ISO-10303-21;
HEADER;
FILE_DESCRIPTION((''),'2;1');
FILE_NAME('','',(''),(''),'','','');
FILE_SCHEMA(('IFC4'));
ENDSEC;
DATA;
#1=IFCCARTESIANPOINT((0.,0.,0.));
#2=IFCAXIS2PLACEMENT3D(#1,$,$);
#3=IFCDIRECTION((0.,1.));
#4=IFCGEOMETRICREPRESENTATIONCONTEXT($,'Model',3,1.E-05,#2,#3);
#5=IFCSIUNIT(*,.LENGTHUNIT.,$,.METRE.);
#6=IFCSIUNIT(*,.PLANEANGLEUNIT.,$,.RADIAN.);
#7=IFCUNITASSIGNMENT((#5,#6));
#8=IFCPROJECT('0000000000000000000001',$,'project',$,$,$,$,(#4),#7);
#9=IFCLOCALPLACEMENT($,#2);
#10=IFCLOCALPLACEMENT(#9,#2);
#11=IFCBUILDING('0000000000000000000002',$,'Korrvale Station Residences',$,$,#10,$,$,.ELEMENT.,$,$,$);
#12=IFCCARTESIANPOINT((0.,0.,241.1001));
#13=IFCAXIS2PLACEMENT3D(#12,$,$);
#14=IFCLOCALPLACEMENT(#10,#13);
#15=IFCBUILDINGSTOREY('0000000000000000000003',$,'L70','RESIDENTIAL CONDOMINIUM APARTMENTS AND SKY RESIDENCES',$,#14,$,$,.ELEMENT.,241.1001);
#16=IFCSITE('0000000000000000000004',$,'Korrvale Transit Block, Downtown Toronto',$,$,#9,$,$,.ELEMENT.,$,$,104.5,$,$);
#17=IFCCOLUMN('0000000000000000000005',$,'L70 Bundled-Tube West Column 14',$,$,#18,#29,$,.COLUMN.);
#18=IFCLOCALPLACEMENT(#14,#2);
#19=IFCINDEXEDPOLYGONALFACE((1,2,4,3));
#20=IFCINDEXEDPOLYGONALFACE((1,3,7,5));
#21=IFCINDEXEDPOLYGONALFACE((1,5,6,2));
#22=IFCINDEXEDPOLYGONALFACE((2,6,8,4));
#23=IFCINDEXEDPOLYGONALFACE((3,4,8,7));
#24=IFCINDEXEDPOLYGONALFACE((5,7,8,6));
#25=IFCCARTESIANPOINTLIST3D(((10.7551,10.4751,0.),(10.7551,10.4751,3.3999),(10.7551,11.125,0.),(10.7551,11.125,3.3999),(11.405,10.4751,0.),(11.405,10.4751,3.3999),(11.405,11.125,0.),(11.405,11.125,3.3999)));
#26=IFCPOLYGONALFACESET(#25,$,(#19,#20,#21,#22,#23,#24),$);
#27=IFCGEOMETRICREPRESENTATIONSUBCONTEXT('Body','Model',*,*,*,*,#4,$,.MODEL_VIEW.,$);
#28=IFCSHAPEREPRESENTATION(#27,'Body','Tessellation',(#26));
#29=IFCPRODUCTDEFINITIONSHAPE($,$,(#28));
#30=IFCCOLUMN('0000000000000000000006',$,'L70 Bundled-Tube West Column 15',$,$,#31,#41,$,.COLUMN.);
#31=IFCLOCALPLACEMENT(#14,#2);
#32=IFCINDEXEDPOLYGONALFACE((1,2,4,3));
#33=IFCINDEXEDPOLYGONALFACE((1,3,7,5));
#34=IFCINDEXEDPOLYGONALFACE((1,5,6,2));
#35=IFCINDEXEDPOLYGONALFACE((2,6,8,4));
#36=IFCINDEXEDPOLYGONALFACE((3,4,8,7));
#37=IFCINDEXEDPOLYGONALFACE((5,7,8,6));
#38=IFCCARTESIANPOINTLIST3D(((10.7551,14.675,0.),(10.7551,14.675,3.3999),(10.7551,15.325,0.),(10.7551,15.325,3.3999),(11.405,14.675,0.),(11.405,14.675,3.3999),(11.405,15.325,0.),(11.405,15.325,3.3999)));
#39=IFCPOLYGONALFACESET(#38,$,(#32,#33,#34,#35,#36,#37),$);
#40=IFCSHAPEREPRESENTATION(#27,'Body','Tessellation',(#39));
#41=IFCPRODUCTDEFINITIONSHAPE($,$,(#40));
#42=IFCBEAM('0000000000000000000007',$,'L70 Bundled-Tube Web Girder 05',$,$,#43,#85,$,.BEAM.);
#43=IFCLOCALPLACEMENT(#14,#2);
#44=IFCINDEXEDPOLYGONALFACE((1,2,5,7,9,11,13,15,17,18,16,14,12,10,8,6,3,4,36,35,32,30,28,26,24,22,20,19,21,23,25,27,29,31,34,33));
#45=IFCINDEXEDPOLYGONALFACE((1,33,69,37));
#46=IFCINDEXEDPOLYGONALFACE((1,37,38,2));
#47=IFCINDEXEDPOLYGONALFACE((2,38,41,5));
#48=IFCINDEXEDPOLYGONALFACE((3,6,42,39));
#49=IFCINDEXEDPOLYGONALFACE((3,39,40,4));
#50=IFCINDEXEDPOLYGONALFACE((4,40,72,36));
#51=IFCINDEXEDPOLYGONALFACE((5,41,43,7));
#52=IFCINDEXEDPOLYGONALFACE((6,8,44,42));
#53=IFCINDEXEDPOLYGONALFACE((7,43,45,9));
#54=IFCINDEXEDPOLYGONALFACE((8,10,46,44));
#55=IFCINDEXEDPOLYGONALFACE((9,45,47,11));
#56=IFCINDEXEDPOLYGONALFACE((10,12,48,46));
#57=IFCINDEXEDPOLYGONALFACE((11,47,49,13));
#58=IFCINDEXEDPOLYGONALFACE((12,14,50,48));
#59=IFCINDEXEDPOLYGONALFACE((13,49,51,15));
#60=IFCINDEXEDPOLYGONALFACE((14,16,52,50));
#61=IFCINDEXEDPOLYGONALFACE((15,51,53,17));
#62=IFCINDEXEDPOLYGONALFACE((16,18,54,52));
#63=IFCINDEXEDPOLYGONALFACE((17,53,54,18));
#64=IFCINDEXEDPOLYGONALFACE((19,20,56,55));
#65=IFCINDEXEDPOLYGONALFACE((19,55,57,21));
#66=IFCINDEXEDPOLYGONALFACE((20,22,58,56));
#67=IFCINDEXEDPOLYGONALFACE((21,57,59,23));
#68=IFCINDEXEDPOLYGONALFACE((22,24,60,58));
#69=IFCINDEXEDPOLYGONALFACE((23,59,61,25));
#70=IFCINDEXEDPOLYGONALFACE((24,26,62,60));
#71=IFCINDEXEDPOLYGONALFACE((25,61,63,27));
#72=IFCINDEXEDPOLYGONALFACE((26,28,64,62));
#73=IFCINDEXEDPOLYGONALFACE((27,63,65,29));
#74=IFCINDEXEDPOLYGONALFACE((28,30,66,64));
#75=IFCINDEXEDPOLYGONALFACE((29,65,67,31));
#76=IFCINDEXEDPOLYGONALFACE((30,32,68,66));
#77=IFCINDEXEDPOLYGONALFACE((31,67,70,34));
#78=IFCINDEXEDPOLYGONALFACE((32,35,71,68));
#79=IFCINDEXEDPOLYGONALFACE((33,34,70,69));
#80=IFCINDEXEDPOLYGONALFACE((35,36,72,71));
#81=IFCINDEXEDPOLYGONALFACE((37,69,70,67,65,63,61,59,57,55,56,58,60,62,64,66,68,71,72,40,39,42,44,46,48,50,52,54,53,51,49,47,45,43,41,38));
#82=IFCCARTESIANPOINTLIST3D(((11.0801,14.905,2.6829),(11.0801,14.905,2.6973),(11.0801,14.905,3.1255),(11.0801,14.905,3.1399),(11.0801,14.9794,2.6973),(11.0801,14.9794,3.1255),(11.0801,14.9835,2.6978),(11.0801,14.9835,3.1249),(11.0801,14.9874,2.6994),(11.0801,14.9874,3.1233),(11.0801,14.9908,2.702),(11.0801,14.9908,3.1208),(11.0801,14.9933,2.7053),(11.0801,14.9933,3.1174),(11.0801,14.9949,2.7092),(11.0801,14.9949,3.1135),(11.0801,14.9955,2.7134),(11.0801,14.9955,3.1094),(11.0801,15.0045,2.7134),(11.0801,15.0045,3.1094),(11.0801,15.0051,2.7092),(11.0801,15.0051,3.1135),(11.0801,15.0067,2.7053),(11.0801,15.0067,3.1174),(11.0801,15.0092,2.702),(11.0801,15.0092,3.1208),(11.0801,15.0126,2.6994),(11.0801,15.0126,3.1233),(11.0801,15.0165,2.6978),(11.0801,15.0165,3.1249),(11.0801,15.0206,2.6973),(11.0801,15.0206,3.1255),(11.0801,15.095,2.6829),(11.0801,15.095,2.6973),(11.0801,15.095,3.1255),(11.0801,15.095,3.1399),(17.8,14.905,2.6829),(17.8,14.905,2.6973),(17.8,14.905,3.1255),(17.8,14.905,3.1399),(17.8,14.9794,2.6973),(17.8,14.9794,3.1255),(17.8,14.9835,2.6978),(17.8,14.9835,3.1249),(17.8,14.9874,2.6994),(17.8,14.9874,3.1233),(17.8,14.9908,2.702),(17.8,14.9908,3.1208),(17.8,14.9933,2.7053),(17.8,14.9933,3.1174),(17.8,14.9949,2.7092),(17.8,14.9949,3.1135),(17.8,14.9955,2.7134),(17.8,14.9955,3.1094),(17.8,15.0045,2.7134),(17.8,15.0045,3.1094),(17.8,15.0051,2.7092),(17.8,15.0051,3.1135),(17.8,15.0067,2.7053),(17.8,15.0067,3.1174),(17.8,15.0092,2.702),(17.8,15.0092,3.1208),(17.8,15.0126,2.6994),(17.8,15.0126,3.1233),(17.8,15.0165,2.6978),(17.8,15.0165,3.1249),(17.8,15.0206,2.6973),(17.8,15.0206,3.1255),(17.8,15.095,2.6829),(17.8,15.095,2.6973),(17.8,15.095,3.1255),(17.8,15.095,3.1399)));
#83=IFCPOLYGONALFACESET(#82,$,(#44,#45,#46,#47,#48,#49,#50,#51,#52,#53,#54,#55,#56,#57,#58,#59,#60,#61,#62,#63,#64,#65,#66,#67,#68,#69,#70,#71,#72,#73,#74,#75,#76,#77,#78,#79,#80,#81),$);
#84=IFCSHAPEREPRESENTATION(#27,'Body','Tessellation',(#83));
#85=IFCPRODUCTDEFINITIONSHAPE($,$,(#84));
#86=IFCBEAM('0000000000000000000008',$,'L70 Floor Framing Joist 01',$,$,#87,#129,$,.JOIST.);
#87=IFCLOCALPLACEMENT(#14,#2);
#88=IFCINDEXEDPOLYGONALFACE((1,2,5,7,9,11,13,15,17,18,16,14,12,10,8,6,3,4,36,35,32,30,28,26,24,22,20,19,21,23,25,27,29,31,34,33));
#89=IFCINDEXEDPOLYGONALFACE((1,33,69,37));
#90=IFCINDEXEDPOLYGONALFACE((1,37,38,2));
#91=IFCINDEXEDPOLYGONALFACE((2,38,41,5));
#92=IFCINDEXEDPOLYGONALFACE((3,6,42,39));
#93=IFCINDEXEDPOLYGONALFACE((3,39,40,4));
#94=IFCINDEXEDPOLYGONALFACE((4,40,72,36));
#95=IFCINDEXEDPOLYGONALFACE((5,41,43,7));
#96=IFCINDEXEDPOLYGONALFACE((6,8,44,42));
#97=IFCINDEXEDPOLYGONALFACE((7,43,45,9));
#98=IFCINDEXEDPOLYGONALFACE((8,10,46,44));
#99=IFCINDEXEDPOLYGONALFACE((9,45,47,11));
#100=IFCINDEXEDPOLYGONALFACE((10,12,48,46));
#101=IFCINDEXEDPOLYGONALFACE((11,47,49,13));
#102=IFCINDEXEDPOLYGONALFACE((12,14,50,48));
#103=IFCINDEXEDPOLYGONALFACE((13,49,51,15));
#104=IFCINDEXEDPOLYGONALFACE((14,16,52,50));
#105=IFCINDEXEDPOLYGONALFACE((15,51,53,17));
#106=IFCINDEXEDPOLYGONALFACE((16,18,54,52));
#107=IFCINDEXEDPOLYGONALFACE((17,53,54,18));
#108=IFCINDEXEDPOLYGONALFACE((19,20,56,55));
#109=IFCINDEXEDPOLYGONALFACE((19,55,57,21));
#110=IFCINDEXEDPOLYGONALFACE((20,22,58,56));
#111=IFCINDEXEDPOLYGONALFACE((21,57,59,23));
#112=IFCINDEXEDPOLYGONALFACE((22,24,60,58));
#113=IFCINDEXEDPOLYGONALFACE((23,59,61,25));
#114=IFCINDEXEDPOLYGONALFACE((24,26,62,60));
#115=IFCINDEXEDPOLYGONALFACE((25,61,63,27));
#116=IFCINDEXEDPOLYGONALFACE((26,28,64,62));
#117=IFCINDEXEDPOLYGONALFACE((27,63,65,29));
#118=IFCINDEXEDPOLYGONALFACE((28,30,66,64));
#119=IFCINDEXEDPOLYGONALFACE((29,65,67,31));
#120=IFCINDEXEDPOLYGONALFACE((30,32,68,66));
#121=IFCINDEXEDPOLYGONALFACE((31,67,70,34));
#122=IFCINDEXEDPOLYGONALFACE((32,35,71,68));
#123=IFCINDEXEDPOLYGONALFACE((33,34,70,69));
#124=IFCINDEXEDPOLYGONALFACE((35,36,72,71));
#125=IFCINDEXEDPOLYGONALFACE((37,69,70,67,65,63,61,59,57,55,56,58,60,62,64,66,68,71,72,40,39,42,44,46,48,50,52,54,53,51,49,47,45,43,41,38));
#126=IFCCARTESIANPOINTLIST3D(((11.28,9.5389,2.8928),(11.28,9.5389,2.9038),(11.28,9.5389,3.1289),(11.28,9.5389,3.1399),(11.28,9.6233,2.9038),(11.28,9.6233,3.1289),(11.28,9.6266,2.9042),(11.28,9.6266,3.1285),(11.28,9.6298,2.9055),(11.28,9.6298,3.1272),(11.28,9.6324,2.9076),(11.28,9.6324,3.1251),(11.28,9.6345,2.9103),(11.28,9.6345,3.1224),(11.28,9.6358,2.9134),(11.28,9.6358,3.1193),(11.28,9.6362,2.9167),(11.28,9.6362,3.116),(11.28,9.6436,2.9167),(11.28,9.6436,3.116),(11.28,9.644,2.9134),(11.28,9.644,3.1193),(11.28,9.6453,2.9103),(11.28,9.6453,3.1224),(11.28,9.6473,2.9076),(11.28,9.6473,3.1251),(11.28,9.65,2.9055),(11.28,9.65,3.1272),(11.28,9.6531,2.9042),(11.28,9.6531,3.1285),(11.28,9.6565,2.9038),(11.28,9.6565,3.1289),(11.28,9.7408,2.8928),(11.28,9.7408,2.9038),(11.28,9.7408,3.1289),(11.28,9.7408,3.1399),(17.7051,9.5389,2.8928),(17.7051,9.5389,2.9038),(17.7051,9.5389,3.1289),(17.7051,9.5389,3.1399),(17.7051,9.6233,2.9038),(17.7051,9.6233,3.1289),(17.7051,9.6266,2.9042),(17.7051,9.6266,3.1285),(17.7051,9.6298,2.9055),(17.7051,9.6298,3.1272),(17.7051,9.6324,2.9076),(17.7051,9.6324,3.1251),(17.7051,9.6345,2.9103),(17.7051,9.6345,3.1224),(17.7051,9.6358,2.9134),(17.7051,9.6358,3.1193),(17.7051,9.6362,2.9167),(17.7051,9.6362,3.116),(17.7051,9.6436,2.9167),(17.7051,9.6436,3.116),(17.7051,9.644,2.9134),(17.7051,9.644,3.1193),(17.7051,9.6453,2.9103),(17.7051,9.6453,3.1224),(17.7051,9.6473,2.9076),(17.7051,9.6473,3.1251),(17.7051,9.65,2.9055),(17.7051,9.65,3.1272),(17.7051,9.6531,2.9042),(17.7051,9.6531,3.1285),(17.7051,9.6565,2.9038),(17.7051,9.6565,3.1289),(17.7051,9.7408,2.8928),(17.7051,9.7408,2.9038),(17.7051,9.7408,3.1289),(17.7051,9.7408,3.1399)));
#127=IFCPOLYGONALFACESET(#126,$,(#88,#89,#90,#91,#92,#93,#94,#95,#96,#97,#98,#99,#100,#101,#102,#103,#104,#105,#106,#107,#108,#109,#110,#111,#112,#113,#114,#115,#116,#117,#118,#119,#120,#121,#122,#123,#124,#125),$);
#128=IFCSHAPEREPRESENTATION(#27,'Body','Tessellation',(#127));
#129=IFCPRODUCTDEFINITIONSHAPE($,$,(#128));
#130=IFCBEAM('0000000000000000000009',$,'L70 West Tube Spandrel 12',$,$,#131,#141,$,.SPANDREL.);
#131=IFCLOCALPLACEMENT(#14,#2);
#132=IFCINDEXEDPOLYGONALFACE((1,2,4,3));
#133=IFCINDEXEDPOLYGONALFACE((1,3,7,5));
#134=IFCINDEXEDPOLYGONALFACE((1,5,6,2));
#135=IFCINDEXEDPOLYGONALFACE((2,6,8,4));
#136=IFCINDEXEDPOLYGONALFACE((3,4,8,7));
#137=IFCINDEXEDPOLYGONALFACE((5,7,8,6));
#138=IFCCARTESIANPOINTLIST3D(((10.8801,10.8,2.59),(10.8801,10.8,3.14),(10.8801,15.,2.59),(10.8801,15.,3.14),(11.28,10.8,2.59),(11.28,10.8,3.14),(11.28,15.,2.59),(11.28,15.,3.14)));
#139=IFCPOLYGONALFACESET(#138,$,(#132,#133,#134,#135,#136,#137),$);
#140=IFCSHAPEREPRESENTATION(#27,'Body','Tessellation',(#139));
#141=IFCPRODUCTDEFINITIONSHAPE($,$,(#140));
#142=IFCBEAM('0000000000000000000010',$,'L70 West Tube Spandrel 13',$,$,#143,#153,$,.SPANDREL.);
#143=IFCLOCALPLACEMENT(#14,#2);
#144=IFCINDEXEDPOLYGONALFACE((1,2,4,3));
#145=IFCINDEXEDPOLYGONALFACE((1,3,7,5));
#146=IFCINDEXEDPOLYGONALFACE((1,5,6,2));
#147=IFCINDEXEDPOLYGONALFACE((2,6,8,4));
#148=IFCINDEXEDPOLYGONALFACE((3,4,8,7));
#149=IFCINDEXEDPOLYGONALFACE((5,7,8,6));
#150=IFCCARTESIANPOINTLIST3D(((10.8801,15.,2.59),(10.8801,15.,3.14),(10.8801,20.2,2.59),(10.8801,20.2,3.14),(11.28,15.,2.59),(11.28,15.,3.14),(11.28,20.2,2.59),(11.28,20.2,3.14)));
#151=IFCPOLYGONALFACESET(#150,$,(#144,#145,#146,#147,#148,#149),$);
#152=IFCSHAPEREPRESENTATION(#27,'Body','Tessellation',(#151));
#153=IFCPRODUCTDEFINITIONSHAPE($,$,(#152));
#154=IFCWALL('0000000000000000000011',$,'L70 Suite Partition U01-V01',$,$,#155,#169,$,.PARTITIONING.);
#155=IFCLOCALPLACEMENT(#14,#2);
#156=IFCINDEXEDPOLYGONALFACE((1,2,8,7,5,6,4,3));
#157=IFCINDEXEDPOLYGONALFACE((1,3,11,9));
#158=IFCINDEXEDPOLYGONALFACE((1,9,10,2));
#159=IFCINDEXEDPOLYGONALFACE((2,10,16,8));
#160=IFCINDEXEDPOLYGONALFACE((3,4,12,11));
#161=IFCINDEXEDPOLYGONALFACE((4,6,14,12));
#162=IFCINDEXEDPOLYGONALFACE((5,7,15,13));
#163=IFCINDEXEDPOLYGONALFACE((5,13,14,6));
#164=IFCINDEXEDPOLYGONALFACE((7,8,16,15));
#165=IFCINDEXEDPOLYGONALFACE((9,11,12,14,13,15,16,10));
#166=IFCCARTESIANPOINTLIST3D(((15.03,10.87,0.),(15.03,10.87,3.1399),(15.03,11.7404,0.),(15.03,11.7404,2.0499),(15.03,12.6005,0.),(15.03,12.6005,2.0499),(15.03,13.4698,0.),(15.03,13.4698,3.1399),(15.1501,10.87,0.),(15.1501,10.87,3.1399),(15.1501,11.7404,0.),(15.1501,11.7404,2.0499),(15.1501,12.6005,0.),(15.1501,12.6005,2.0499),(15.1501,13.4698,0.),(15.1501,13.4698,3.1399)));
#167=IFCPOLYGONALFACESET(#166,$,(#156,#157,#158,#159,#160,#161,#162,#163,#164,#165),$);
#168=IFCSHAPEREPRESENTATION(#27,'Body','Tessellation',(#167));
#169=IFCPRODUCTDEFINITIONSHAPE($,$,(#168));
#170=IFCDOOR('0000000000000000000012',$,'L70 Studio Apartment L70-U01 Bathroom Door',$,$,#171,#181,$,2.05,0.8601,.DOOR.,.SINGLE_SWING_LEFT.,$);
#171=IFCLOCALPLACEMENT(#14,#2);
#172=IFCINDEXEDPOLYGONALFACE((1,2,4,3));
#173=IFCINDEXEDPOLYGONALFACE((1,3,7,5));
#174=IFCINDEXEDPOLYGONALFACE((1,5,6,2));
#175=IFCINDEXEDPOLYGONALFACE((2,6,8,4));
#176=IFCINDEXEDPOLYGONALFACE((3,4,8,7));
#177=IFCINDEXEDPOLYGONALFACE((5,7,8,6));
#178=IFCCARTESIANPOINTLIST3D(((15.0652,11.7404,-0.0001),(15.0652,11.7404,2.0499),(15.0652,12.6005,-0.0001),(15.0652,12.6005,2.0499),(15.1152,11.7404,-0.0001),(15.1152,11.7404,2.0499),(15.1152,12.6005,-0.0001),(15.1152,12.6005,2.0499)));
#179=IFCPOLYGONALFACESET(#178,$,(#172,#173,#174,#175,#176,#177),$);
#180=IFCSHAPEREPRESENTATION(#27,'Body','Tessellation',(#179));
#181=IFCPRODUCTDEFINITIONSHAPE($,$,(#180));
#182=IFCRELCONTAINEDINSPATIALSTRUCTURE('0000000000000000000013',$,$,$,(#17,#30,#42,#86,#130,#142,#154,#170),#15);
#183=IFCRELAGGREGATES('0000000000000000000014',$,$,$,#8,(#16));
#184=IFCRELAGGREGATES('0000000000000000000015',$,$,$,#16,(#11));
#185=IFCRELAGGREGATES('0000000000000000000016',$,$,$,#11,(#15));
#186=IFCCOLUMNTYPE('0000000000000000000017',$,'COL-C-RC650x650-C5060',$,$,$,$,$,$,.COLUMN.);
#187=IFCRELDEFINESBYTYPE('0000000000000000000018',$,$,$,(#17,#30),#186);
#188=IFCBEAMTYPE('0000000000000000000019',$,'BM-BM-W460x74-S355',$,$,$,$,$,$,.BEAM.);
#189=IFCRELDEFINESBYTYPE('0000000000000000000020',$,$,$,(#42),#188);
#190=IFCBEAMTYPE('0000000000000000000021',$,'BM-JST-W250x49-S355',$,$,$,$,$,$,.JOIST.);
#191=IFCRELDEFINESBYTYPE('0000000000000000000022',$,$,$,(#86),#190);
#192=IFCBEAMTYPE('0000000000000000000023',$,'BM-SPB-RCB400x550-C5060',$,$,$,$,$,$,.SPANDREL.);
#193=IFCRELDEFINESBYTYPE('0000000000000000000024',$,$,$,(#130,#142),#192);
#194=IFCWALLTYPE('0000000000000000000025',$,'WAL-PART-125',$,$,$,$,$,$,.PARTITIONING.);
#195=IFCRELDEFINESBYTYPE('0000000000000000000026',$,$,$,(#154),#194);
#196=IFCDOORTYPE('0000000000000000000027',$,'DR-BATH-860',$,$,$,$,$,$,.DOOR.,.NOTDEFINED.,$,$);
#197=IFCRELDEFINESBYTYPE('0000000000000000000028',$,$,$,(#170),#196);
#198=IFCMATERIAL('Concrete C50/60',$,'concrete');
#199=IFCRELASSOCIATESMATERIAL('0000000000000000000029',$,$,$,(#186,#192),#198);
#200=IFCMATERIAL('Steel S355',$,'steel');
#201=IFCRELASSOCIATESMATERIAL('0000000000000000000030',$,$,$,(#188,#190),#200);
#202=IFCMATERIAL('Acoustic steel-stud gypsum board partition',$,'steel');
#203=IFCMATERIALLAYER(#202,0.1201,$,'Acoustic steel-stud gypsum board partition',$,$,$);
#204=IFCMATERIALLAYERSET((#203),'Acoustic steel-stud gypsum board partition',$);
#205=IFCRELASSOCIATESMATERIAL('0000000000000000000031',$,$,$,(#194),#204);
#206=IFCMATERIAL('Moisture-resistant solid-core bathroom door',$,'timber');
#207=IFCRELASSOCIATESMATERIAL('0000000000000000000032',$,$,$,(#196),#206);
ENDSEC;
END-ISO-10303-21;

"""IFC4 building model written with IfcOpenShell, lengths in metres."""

from ifc_helpers import new_model, si_unit, direction, frame, frame_2d, origin, origin_2d, place, context, subcontext, project, spatial, rectangle, i_section, extrude, material, layer, layer_set, material_profile, profile_set, type_object, element, fill, save


model = new_model("IFC4")

# Units and contexts
model_context = context("Model", 3, precision=1e-05, world=origin(), true_north=direction((0.0, 1.0)))
body_context = subcontext(model_context, "Body", "Model", "MODEL_VIEW")
ifc_project = project(units=[si_unit("LENGTHUNIT", "METRE"), si_unit("PLANEANGLEUNIT", "RADIAN")], contexts=[model_context])

# Site, building, storey
site_placement = place(None, origin())
site = spatial("IfcSite", under=ifc_project, at=site_placement, Name="Korrvale Transit Block, Downtown Toronto", CompositionType="ELEMENT", RefElevation=104.5)
building_placement = place(site_placement, origin())
building = spatial("IfcBuilding", under=site, at=building_placement, Name="Korrvale Station Residences", CompositionType="ELEMENT")
storey_placement = place(building_placement, frame((0.0, 0.0, 241.1001)))
storey = spatial("IfcBuildingStorey", under=building, at=storey_placement, Name="L70", Description="RESIDENTIAL CONDOMINIUM APARTMENTS AND SKY RESIDENCES", CompositionType="ELEMENT", Elevation=241.1001)

# Columns
ifc_material_1 = material(Name="Concrete C50/60", Category="concrete")
ifc_material_profile_1 = material_profile(ifc_material_1, rectangle(XDim=0.6499, YDim=0.6499, at=origin_2d()), Name="RC650x650")
ifc_profile_set_1 = profile_set([ifc_material_profile_1], Name="Concrete C50/60")
column_type = type_object("IfcColumnType", Name="COL-C-RC650x650-C5060", PredefinedType="COLUMN", material=ifc_profile_set_1)
for number, where, z_axis, x_axis, name in (
    (1, (11.0801, 10.8, 0.0), (0.0, 0.0, 1.0), (1.0, 0.0, 0.0), "L70 Bundled-Tube West Column 14"),
    (2, (11.0801, 15.0, 0.0), (0.0, 0.0, 1.0), (1.0, 0.0, 0.0), "L70 Bundled-Tube West Column 15"),
):
    element("IfcColumn", number, at=place(storey_placement, frame(where, z_axis=z_axis, x_axis=x_axis)), inside=storey, type_object=column_type, Name=name, PredefinedType="COLUMN", context=body_context, shape_type="SweptSolid", body=[
        extrude(rectangle(XDim=0.6499, YDim=0.6499, at=origin_2d()), origin(), (0.0, 0.0, 1.0), 3.3999),
    ])

# Beams
ifc_material_2 = material(Name="Steel S355", Category="steel")
ifc_material_profile_2 = material_profile(ifc_material_2, i_section(OverallWidth=0.1899, OverallDepth=0.457, WebThickness=0.009, FlangeThickness=0.0144, FilletRadius=0.0161, at=origin_2d()), Name="W460x74")
ifc_profile_set_2 = profile_set([ifc_material_profile_2], Name="Steel S355")
beam_type_1 = type_object("IfcBeamType", Name="BM-BM-W460x74-S355", PredefinedType="BEAM", material=ifc_profile_set_2)
beam_1_placement = place(storey_placement, frame((11.0801, 15.0, 2.9114), z_axis=(1.0, 0.0, 0.0), x_axis=(0.0, 1.0, 0.0)))
element("IfcBeam", 3, at=beam_1_placement, inside=storey, type_object=beam_type_1, Name="L70 Bundled-Tube Web Girder 05", PredefinedType="BEAM", context=body_context, shape_type="SweptSolid", body=[
    extrude(i_section(OverallWidth=0.1899, OverallDepth=0.457, WebThickness=0.009, FlangeThickness=0.0144, FilletRadius=0.0161, at=origin_2d()), origin(), (0.0, 0.0, 1.0), 6.72),
])
ifc_material_profile_3 = material_profile(ifc_material_2, i_section(OverallWidth=0.2019, OverallDepth=0.2471, WebThickness=0.0073, FlangeThickness=0.011, FilletRadius=0.0129, at=origin_2d()), Name="W250x49")
ifc_profile_set_3 = profile_set([ifc_material_profile_3], Name="Steel S355")
beam_type_2 = type_object("IfcBeamType", Name="BM-JST-W250x49-S355", PredefinedType="JOIST", material=ifc_profile_set_3)
beam_2_placement = place(storey_placement, frame((11.28, 9.6399, 3.0164), z_axis=(1.0, 0.0, 0.0), x_axis=(0.0, 1.0, 0.0)))
element("IfcBeam", 4, at=beam_2_placement, inside=storey, type_object=beam_type_2, Name="L70 Floor Framing Joist 01", PredefinedType="JOIST", context=body_context, shape_type="SweptSolid", body=[
    extrude(i_section(OverallWidth=0.2019, OverallDepth=0.2471, WebThickness=0.0073, FlangeThickness=0.011, FilletRadius=0.0129, at=origin_2d()), origin(), (0.0, 0.0, 1.0), 6.425),
])
ifc_material_profile_4 = material_profile(ifc_material_1, rectangle(XDim=0.3999, YDim=0.55, at=origin_2d()), Name="RCB400x550")
ifc_profile_set_4 = profile_set([ifc_material_profile_4], Name="Concrete C50/60")
beam_type_3 = type_object("IfcBeamType", Name="BM-SPB-RCB400x550-C5060", PredefinedType="SPANDREL", material=ifc_profile_set_4)
beam_3_placement = place(storey_placement, frame((11.0801, 10.8, 2.865), z_axis=(0.0, 1.0, 0.0), x_axis=(-1.0, 0.0, 0.0)))
element("IfcBeam", 5, at=beam_3_placement, inside=storey, type_object=beam_type_3, Name="L70 West Tube Spandrel 12", PredefinedType="SPANDREL", context=body_context, shape_type="SweptSolid", body=[
    extrude(rectangle(XDim=0.3999, YDim=0.55, at=origin_2d()), origin(), (0.0, 0.0, 1.0), 4.2),
])
beam_4_placement = place(storey_placement, frame((11.0801, 15.0, 2.865), z_axis=(0.0, 1.0, 0.0), x_axis=(-1.0, 0.0, 0.0)))
element("IfcBeam", 6, at=beam_4_placement, inside=storey, type_object=beam_type_3, Name="L70 West Tube Spandrel 13", PredefinedType="SPANDREL", context=body_context, shape_type="SweptSolid", body=[
    extrude(rectangle(XDim=0.3999, YDim=0.55, at=origin_2d()), origin(), (0.0, 0.0, 1.0), 5.2),
])

# Wall, opening, door
ifc_material_3 = material(Name="Acoustic steel-stud gypsum board partition", Category="steel")
ifc_layer_1 = layer(ifc_material_3, 0.1201, Name="Acoustic steel-stud gypsum board partition")
ifc_layer_set_1 = layer_set([ifc_layer_1], Name="Acoustic steel-stud gypsum board partition")
wall_type_1 = type_object("IfcWallType", Name="WAL-PART-125", PredefinedType="PARTITIONING", material=ifc_layer_set_1)
wall_1_placement = place(storey_placement, frame((15.0901, 10.8701, 0.0), z_axis=(0.0, 0.0, 1.0), x_axis=(0.0, 1.0, 0.0)))
wall_1 = element("IfcWall", 7, at=wall_1_placement, inside=storey, type_object=wall_type_1, Name="L70 Suite Partition U01-V01", PredefinedType="PARTITIONING", context=body_context, shape_type="SweptSolid", body=[
    extrude(rectangle(XDim=2.5999, YDim=0.1201, at=frame_2d((1.2998, 0.0))), origin(), (0.0, 0.0, 1.0), 3.1399),
])
opening_1_placement = place(wall_1_placement, frame((0.8701, 0.0, 0.0)))
opening_1 = element("IfcOpeningElement", 8, at=opening_1_placement, cuts=wall_1, PredefinedType="OPENING", context=body_context, shape_type="SweptSolid", body=[
    extrude(rectangle(XDim=0.8601, YDim=2.05, at=frame_2d((0.4302, 1.0249))), frame((0.0, 0.0701, 0.0), z_axis=(0.0, -1.0, 0.0), x_axis=(1.0, 0.0, 0.0)), (0.0, 0.0, 1.0), 0.1401),
])
ifc_material_4 = material(Name="Moisture-resistant solid-core bathroom door", Category="timber")
door_type_1 = type_object("IfcDoorType", Name="DR-BATH-860", OperationType="NOTDEFINED", PredefinedType="DOOR", material=ifc_material_4)
door_1_placement = place(opening_1_placement, origin())
door_1 = element("IfcDoor", 9, at=door_1_placement, inside=storey, type_object=door_type_1, Name="L70 Studio Apartment L70-U01 Bathroom Door", OperationType="SINGLE_SWING_LEFT", OverallHeight=2.05, OverallWidth=0.8601, PredefinedType="DOOR", context=body_context, shape_type="SweptSolid", body=[
    extrude(rectangle(XDim=0.8601, YDim=2.05, at=frame_2d((0.4302, 1.0249))), frame((0.0, 0.0249, 0.0), z_axis=(0.0, -1.0, 0.0), x_axis=(1.0, 0.0, 0.0)), (0.0, 0.0, 1.0), 0.05),
])
fill(opening_1, door_1)

save(model, "model.ifc")
